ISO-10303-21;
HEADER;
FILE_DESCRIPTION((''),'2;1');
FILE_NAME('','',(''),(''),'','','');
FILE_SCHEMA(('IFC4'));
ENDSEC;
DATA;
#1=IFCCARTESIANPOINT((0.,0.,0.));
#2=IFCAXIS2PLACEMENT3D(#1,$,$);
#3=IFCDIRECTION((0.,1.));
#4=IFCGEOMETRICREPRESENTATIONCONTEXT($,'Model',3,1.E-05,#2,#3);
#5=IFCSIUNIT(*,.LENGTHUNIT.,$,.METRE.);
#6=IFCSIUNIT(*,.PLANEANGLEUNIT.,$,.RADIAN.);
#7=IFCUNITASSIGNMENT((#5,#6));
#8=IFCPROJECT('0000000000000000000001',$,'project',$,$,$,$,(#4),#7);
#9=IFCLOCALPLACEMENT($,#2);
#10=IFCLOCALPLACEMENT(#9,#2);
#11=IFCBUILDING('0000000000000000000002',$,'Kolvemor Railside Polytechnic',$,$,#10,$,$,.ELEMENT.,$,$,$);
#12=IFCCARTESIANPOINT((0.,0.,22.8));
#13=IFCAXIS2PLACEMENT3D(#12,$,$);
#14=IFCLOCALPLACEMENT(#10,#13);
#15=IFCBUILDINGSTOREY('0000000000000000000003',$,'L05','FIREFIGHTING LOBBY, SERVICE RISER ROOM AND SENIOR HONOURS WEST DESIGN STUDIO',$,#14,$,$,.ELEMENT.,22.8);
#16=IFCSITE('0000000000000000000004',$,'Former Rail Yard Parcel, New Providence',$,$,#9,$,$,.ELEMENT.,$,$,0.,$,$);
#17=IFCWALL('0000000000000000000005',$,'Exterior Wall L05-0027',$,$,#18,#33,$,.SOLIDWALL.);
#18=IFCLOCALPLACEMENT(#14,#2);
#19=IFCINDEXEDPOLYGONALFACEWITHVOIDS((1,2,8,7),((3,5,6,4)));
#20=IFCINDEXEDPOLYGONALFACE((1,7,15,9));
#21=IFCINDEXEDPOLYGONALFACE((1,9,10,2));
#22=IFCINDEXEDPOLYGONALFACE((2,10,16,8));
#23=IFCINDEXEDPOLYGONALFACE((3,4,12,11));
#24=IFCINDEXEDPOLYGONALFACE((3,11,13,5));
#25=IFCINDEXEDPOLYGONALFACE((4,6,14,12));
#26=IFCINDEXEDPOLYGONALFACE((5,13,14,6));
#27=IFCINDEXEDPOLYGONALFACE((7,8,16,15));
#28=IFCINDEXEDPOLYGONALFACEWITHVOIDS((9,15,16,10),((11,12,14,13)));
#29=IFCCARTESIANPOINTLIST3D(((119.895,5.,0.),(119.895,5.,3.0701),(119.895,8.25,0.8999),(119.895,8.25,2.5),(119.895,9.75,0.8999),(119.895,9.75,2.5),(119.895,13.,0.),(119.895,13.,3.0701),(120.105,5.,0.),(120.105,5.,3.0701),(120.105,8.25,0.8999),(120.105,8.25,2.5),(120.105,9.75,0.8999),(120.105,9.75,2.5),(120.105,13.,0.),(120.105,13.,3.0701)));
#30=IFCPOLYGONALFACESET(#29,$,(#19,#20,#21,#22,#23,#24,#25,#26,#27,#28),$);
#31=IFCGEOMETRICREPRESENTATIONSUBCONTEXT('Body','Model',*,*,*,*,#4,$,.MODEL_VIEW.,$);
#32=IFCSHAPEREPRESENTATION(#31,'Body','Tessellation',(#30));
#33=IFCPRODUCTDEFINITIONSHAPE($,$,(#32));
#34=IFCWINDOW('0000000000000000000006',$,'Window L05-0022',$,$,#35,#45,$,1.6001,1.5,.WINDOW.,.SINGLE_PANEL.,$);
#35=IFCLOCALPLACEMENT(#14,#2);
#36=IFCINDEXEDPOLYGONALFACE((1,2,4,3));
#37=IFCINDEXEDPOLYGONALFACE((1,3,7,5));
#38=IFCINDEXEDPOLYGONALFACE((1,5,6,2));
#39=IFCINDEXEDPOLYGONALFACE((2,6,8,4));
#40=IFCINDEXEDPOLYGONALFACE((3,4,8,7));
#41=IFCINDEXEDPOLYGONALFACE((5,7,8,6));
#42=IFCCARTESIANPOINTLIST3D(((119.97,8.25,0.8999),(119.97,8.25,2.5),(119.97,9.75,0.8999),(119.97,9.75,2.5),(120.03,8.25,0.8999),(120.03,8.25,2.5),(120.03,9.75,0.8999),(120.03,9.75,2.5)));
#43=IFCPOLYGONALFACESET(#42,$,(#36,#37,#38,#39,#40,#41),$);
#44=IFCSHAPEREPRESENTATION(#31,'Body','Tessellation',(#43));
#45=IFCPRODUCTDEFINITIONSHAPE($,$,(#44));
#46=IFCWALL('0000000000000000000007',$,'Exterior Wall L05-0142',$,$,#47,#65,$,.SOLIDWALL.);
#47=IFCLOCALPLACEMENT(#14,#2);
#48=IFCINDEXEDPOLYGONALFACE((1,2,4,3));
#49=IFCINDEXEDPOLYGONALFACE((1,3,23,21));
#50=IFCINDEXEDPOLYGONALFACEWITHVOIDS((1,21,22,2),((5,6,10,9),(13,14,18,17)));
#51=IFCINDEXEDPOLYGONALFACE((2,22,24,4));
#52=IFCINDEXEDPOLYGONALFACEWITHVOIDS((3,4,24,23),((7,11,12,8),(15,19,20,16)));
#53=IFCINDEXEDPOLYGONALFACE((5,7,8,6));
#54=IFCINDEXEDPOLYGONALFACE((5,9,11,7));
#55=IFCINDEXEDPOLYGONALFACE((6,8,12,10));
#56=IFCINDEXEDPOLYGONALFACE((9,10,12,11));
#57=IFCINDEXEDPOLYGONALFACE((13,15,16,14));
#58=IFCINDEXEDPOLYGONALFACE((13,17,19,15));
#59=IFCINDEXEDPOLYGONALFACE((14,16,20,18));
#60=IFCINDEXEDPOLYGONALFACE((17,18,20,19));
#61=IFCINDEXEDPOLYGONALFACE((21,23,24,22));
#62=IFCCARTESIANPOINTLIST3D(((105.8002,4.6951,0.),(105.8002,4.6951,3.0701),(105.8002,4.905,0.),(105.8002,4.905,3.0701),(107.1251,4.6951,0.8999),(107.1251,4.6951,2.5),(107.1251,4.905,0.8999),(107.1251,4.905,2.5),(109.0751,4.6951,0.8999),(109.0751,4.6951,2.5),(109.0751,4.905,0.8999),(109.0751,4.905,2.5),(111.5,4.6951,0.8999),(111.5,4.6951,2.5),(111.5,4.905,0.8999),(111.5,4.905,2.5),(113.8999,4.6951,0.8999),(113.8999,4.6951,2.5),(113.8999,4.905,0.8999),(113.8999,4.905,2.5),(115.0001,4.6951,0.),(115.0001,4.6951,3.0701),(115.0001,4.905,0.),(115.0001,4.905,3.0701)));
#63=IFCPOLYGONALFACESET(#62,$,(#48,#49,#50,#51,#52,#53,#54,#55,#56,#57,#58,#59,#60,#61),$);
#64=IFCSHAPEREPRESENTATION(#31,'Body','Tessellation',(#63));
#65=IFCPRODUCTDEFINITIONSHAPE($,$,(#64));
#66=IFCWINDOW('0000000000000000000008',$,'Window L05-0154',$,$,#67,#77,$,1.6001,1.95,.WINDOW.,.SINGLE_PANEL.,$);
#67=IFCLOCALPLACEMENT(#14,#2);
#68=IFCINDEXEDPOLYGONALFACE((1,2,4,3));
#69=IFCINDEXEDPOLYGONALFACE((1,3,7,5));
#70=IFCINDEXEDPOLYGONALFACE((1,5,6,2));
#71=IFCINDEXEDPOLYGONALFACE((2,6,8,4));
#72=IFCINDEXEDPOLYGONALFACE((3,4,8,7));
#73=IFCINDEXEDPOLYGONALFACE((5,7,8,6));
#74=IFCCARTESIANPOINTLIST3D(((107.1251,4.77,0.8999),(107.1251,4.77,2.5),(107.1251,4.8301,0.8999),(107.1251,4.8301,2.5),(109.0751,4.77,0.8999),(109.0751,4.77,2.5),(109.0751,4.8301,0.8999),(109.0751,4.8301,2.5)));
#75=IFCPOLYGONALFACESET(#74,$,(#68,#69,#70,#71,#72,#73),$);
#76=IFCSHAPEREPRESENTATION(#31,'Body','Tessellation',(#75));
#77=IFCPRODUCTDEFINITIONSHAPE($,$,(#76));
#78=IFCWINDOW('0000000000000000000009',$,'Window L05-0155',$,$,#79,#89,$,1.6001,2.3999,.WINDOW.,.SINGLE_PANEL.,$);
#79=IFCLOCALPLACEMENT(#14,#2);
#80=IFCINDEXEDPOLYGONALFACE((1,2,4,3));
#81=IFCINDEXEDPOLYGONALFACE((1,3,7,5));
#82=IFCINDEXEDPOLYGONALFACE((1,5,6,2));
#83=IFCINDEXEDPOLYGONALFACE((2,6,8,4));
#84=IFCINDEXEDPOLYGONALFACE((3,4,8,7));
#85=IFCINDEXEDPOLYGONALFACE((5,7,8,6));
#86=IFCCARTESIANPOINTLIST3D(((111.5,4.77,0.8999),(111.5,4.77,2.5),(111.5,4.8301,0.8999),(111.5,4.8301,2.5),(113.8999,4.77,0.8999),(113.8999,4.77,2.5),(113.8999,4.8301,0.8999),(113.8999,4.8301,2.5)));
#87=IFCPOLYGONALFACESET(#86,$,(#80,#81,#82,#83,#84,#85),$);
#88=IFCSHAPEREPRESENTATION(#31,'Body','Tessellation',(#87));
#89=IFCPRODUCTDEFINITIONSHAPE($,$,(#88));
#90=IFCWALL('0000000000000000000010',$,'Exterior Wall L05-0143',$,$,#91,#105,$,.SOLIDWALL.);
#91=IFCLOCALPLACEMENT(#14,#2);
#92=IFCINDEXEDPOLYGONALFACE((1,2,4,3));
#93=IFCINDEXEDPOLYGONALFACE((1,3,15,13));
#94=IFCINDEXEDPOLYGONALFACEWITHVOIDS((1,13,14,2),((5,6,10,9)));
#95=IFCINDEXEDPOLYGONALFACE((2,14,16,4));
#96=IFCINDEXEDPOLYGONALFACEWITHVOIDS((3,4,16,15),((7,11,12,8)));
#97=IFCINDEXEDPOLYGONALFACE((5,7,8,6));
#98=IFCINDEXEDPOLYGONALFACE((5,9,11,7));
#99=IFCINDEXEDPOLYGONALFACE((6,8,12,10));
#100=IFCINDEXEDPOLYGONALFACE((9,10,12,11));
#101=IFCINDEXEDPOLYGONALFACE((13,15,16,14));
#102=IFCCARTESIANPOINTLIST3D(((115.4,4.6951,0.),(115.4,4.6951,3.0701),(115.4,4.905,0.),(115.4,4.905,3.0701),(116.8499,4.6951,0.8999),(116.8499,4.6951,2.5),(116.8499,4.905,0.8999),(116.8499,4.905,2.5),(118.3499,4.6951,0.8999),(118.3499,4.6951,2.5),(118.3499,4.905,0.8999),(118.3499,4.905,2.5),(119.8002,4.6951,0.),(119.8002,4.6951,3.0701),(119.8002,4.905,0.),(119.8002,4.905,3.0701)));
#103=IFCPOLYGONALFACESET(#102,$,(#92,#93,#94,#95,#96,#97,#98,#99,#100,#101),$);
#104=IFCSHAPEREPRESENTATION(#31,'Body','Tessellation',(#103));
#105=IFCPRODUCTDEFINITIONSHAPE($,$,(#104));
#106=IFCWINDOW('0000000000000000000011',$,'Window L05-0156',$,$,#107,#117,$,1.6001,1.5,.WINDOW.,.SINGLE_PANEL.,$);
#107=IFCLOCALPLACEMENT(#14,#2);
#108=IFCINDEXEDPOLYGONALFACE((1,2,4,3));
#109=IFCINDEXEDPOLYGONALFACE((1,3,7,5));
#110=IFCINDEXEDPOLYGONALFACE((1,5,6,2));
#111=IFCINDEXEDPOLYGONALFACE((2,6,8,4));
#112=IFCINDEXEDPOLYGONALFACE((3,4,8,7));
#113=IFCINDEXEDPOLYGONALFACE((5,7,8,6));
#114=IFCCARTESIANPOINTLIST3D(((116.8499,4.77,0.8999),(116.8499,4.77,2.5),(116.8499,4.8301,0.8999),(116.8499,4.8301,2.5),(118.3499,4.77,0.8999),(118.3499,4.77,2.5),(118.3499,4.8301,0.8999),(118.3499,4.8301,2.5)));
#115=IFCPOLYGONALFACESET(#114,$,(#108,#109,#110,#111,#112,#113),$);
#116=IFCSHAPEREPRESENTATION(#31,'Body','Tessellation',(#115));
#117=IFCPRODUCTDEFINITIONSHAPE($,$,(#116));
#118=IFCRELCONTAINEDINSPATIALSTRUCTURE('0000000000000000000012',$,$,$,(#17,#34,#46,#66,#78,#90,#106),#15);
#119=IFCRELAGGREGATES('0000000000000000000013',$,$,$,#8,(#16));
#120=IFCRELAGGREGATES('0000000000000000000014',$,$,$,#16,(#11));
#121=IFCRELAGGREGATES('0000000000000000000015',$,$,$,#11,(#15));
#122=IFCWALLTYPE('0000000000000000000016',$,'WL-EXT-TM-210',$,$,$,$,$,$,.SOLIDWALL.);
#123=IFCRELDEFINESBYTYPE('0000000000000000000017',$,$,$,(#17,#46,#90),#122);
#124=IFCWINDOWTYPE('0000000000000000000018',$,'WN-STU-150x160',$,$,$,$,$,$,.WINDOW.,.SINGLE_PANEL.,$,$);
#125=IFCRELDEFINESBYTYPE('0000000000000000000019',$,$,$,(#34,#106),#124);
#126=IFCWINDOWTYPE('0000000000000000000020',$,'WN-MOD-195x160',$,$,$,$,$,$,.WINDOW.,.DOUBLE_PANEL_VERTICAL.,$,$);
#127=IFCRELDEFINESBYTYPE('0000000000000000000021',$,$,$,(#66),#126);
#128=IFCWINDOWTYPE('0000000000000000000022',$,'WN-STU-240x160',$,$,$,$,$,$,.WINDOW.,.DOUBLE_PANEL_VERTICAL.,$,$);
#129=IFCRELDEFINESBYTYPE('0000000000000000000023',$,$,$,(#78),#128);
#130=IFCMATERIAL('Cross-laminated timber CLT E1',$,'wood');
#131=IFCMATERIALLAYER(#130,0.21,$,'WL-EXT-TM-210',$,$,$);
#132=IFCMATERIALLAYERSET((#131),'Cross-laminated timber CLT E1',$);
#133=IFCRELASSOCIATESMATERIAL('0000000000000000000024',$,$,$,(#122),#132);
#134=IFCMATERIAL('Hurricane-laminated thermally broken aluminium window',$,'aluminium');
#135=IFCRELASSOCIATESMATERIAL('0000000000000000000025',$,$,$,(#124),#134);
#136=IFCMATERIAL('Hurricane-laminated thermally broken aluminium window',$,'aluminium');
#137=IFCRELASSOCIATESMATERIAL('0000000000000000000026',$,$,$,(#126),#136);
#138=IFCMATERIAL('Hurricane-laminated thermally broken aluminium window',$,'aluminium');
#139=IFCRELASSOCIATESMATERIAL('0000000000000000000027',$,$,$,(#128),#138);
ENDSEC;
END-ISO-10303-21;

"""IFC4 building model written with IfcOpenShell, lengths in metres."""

from ifc_helpers import new_model, si_unit, direction, frame, frame_2d, origin, place, context, subcontext, project, spatial, rectangle, extrude, material, layer, layer_set, type_object, element, fill, save


model = new_model("IFC4")

# Units and contexts
model_context = context("Model", 3, precision=1e-05, world=origin(), true_north=direction((0.0, 1.0)))
body_context = subcontext(model_context, "Body", "Model", "MODEL_VIEW")
ifc_project = project(units=[si_unit("LENGTHUNIT", "METRE"), si_unit("PLANEANGLEUNIT", "RADIAN")], contexts=[model_context])

# Site, building, storey
site_placement = place(None, origin())
site = spatial("IfcSite", under=ifc_project, at=site_placement, Name="Former Rail Yard Parcel, New Providence", CompositionType="ELEMENT", RefElevation=0.0)
building_placement = place(site_placement, origin())
building = spatial("IfcBuilding", under=site, at=building_placement, Name="Kolvemor Railside Polytechnic", CompositionType="ELEMENT")
storey_placement = place(building_placement, frame((0.0, 0.0, 22.8)))
storey = spatial("IfcBuildingStorey", under=building, at=storey_placement, Name="L05", Description="FIREFIGHTING LOBBY, SERVICE RISER ROOM AND SENIOR HONOURS WEST DESIGN STUDIO", CompositionType="ELEMENT", Elevation=22.8)

# Wall, opening, window
ifc_material_1 = material(Name="Cross-laminated timber CLT E1", Category="wood")
ifc_layer = layer(ifc_material_1, 0.21, Name="WL-EXT-TM-210")
ifc_layer_set = layer_set([ifc_layer], Name="Cross-laminated timber CLT E1")
wall_type = type_object("IfcWallType", Name="WL-EXT-TM-210", PredefinedType="SOLIDWALL", material=ifc_layer_set)
wall_1_placement = place(storey_placement, frame((120.0, 5.0, 0.0), z_axis=(0.0, 0.0, 1.0), x_axis=(0.0, 1.0, 0.0)))
wall_1 = element("IfcWall", 1, at=wall_1_placement, inside=storey, type_object=wall_type, Name="Exterior Wall L05-0027", PredefinedType="SOLIDWALL", context=body_context, shape_type="SweptSolid", body=[
    extrude(rectangle(XDim=8.0, YDim=0.21, at=frame_2d((4.0, 0.0))), origin(), (0.0, 0.0, 1.0), 3.0701),
])
opening_1_placement = place(wall_1_placement, frame((3.25, 0.0, 0.8999)))
opening_1 = element("IfcOpeningElement", 2, at=opening_1_placement, cuts=wall_1, PredefinedType="OPENING", context=body_context, shape_type="SweptSolid", body=[
    extrude(rectangle(XDim=1.5, YDim=1.6001, at=frame_2d((0.75, 0.8))), frame((0.0, 0.115, 0.0), z_axis=(0.0, -1.0, 0.0), x_axis=(1.0, 0.0, 0.0)), (0.0, 0.0, 1.0), 0.23),
])
ifc_material_2 = material(Name="Hurricane-laminated thermally broken aluminium window", Category="aluminium")
window_type_1 = type_object("IfcWindowType", Name="WN-STU-150x160", PartitioningType="SINGLE_PANEL", PredefinedType="WINDOW", material=ifc_material_2)
window_1_placement = place(opening_1_placement, origin())
window_1 = element("IfcWindow", 3, at=window_1_placement, inside=storey, type_object=window_type_1, Name="Window L05-0022", OverallHeight=1.6001, OverallWidth=1.5, PartitioningType="SINGLE_PANEL", PredefinedType="WINDOW", context=body_context, shape_type="SweptSolid", body=[
    extrude(rectangle(XDim=1.5, YDim=1.6001, at=frame_2d((0.75, 0.8))), frame((0.0, 0.03, 0.0), z_axis=(0.0, -1.0, 0.0), x_axis=(1.0, 0.0, 0.0)), (0.0, 0.0, 1.0), 0.0601),
])
fill(opening_1, window_1)

# Wall, openings, windows
wall_2_placement = place(storey_placement, frame((105.8, 4.8, 0.0), z_axis=(0.0, 0.0, 1.0), x_axis=(1.0, 0.0, 0.0)))
wall_2 = element("IfcWall", 4, at=wall_2_placement, inside=storey, type_object=wall_type, Name="Exterior Wall L05-0142", PredefinedType="SOLIDWALL", context=body_context, shape_type="SweptSolid", body=[
    extrude(rectangle(XDim=9.2, YDim=0.21, at=frame_2d((4.6001, 0.0))), origin(), (0.0, 0.0, 1.0), 3.0701),
])
opening_2_placement = place(wall_2_placement, frame((1.325, 0.0, 0.8999)))
opening_2 = element("IfcOpeningElement", 5, at=opening_2_placement, cuts=wall_2, PredefinedType="OPENING", context=body_context, shape_type="SweptSolid", body=[
    extrude(rectangle(XDim=1.95, YDim=1.6001, at=frame_2d((0.9751, 0.8))), frame((0.0, 0.115, 0.0), z_axis=(0.0, -1.0, 0.0), x_axis=(1.0, 0.0, 0.0)), (0.0, 0.0, 1.0), 0.23),
])
opening_3_placement = place(wall_2_placement, frame((5.7, 0.0, 0.8999)))
opening_3 = element("IfcOpeningElement", 6, at=opening_3_placement, cuts=wall_2, PredefinedType="OPENING", context=body_context, shape_type="SweptSolid", body=[
    extrude(rectangle(XDim=2.3999, YDim=1.6001, at=frame_2d((1.2, 0.8))), frame((0.0, 0.115, 0.0), z_axis=(0.0, -1.0, 0.0), x_axis=(1.0, 0.0, 0.0)), (0.0, 0.0, 1.0), 0.23),
])
ifc_material_3 = material(Name="Hurricane-laminated thermally broken aluminium window", Category="aluminium")
window_type_2 = type_object("IfcWindowType", Name="WN-MOD-195x160", PartitioningType="DOUBLE_PANEL_VERTICAL", PredefinedType="WINDOW", material=ifc_material_3)
window_2_placement = place(opening_2_placement, origin())
window_2 = element("IfcWindow", 7, at=window_2_placement, inside=storey, type_object=window_type_2, Name="Window L05-0154", OverallHeight=1.6001, OverallWidth=1.95, PartitioningType="SINGLE_PANEL", PredefinedType="WINDOW", context=body_context, shape_type="SweptSolid", body=[
    extrude(rectangle(XDim=1.95, YDim=1.6001, at=frame_2d((0.9751, 0.8))), frame((0.0, 0.03, 0.0), z_axis=(0.0, -1.0, 0.0), x_axis=(1.0, 0.0, 0.0)), (0.0, 0.0, 1.0), 0.0601),
])
fill(opening_2, window_2)
ifc_material_4 = material(Name="Hurricane-laminated thermally broken aluminium window", Category="aluminium")
window_type_3 = type_object("IfcWindowType", Name="WN-STU-240x160", PartitioningType="DOUBLE_PANEL_VERTICAL", PredefinedType="WINDOW", material=ifc_material_4)
window_3_placement = place(opening_3_placement, origin())
window_3 = element("IfcWindow", 8, at=window_3_placement, inside=storey, type_object=window_type_3, Name="Window L05-0155", OverallHeight=1.6001, OverallWidth=2.3999, PartitioningType="SINGLE_PANEL", PredefinedType="WINDOW", context=body_context, shape_type="SweptSolid", body=[
    extrude(rectangle(XDim=2.3999, YDim=1.6001, at=frame_2d((1.2, 0.8))), frame((0.0, 0.03, 0.0), z_axis=(0.0, -1.0, 0.0), x_axis=(1.0, 0.0, 0.0)), (0.0, 0.0, 1.0), 0.0601),
])
fill(opening_3, window_3)

# Wall, opening, window
wall_3_placement = place(storey_placement, frame((115.3999, 4.8, 0.0), z_axis=(0.0, 0.0, 1.0), x_axis=(1.0, 0.0, 0.0)))
wall_3 = element("IfcWall", 9, at=wall_3_placement, inside=storey, type_object=wall_type, Name="Exterior Wall L05-0143", PredefinedType="SOLIDWALL", context=body_context, shape_type="SweptSolid", body=[
    extrude(rectangle(XDim=4.4001, YDim=0.21, at=frame_2d((2.2002, 0.0))), origin(), (0.0, 0.0, 1.0), 3.0701),
])
opening_4_placement = place(wall_3_placement, frame((1.45, 0.0, 0.8999)))
opening_4 = element("IfcOpeningElement", 10, at=opening_4_placement, cuts=wall_3, PredefinedType="OPENING", context=body_context, shape_type="SweptSolid", body=[
    extrude(rectangle(XDim=1.5, YDim=1.6001, at=frame_2d((0.75, 0.8))), frame((0.0, 0.115, 0.0), z_axis=(0.0, -1.0, 0.0), x_axis=(1.0, 0.0, 0.0)), (0.0, 0.0, 1.0), 0.23),
])
window_4_placement = place(opening_4_placement, origin())
window_4 = element("IfcWindow", 11, at=window_4_placement, inside=storey, type_object=window_type_1, Name="Window L05-0156", OverallHeight=1.6001, OverallWidth=1.5, PartitioningType="SINGLE_PANEL", PredefinedType="WINDOW", context=body_context, shape_type="SweptSolid", body=[
    extrude(rectangle(XDim=1.5, YDim=1.6001, at=frame_2d((0.75, 0.8))), frame((0.0, 0.03, 0.0), z_axis=(0.0, -1.0, 0.0), x_axis=(1.0, 0.0, 0.0)), (0.0, 0.0, 1.0), 0.0601),
])
fill(opening_4, window_4)

save(model, "model.ifc")
